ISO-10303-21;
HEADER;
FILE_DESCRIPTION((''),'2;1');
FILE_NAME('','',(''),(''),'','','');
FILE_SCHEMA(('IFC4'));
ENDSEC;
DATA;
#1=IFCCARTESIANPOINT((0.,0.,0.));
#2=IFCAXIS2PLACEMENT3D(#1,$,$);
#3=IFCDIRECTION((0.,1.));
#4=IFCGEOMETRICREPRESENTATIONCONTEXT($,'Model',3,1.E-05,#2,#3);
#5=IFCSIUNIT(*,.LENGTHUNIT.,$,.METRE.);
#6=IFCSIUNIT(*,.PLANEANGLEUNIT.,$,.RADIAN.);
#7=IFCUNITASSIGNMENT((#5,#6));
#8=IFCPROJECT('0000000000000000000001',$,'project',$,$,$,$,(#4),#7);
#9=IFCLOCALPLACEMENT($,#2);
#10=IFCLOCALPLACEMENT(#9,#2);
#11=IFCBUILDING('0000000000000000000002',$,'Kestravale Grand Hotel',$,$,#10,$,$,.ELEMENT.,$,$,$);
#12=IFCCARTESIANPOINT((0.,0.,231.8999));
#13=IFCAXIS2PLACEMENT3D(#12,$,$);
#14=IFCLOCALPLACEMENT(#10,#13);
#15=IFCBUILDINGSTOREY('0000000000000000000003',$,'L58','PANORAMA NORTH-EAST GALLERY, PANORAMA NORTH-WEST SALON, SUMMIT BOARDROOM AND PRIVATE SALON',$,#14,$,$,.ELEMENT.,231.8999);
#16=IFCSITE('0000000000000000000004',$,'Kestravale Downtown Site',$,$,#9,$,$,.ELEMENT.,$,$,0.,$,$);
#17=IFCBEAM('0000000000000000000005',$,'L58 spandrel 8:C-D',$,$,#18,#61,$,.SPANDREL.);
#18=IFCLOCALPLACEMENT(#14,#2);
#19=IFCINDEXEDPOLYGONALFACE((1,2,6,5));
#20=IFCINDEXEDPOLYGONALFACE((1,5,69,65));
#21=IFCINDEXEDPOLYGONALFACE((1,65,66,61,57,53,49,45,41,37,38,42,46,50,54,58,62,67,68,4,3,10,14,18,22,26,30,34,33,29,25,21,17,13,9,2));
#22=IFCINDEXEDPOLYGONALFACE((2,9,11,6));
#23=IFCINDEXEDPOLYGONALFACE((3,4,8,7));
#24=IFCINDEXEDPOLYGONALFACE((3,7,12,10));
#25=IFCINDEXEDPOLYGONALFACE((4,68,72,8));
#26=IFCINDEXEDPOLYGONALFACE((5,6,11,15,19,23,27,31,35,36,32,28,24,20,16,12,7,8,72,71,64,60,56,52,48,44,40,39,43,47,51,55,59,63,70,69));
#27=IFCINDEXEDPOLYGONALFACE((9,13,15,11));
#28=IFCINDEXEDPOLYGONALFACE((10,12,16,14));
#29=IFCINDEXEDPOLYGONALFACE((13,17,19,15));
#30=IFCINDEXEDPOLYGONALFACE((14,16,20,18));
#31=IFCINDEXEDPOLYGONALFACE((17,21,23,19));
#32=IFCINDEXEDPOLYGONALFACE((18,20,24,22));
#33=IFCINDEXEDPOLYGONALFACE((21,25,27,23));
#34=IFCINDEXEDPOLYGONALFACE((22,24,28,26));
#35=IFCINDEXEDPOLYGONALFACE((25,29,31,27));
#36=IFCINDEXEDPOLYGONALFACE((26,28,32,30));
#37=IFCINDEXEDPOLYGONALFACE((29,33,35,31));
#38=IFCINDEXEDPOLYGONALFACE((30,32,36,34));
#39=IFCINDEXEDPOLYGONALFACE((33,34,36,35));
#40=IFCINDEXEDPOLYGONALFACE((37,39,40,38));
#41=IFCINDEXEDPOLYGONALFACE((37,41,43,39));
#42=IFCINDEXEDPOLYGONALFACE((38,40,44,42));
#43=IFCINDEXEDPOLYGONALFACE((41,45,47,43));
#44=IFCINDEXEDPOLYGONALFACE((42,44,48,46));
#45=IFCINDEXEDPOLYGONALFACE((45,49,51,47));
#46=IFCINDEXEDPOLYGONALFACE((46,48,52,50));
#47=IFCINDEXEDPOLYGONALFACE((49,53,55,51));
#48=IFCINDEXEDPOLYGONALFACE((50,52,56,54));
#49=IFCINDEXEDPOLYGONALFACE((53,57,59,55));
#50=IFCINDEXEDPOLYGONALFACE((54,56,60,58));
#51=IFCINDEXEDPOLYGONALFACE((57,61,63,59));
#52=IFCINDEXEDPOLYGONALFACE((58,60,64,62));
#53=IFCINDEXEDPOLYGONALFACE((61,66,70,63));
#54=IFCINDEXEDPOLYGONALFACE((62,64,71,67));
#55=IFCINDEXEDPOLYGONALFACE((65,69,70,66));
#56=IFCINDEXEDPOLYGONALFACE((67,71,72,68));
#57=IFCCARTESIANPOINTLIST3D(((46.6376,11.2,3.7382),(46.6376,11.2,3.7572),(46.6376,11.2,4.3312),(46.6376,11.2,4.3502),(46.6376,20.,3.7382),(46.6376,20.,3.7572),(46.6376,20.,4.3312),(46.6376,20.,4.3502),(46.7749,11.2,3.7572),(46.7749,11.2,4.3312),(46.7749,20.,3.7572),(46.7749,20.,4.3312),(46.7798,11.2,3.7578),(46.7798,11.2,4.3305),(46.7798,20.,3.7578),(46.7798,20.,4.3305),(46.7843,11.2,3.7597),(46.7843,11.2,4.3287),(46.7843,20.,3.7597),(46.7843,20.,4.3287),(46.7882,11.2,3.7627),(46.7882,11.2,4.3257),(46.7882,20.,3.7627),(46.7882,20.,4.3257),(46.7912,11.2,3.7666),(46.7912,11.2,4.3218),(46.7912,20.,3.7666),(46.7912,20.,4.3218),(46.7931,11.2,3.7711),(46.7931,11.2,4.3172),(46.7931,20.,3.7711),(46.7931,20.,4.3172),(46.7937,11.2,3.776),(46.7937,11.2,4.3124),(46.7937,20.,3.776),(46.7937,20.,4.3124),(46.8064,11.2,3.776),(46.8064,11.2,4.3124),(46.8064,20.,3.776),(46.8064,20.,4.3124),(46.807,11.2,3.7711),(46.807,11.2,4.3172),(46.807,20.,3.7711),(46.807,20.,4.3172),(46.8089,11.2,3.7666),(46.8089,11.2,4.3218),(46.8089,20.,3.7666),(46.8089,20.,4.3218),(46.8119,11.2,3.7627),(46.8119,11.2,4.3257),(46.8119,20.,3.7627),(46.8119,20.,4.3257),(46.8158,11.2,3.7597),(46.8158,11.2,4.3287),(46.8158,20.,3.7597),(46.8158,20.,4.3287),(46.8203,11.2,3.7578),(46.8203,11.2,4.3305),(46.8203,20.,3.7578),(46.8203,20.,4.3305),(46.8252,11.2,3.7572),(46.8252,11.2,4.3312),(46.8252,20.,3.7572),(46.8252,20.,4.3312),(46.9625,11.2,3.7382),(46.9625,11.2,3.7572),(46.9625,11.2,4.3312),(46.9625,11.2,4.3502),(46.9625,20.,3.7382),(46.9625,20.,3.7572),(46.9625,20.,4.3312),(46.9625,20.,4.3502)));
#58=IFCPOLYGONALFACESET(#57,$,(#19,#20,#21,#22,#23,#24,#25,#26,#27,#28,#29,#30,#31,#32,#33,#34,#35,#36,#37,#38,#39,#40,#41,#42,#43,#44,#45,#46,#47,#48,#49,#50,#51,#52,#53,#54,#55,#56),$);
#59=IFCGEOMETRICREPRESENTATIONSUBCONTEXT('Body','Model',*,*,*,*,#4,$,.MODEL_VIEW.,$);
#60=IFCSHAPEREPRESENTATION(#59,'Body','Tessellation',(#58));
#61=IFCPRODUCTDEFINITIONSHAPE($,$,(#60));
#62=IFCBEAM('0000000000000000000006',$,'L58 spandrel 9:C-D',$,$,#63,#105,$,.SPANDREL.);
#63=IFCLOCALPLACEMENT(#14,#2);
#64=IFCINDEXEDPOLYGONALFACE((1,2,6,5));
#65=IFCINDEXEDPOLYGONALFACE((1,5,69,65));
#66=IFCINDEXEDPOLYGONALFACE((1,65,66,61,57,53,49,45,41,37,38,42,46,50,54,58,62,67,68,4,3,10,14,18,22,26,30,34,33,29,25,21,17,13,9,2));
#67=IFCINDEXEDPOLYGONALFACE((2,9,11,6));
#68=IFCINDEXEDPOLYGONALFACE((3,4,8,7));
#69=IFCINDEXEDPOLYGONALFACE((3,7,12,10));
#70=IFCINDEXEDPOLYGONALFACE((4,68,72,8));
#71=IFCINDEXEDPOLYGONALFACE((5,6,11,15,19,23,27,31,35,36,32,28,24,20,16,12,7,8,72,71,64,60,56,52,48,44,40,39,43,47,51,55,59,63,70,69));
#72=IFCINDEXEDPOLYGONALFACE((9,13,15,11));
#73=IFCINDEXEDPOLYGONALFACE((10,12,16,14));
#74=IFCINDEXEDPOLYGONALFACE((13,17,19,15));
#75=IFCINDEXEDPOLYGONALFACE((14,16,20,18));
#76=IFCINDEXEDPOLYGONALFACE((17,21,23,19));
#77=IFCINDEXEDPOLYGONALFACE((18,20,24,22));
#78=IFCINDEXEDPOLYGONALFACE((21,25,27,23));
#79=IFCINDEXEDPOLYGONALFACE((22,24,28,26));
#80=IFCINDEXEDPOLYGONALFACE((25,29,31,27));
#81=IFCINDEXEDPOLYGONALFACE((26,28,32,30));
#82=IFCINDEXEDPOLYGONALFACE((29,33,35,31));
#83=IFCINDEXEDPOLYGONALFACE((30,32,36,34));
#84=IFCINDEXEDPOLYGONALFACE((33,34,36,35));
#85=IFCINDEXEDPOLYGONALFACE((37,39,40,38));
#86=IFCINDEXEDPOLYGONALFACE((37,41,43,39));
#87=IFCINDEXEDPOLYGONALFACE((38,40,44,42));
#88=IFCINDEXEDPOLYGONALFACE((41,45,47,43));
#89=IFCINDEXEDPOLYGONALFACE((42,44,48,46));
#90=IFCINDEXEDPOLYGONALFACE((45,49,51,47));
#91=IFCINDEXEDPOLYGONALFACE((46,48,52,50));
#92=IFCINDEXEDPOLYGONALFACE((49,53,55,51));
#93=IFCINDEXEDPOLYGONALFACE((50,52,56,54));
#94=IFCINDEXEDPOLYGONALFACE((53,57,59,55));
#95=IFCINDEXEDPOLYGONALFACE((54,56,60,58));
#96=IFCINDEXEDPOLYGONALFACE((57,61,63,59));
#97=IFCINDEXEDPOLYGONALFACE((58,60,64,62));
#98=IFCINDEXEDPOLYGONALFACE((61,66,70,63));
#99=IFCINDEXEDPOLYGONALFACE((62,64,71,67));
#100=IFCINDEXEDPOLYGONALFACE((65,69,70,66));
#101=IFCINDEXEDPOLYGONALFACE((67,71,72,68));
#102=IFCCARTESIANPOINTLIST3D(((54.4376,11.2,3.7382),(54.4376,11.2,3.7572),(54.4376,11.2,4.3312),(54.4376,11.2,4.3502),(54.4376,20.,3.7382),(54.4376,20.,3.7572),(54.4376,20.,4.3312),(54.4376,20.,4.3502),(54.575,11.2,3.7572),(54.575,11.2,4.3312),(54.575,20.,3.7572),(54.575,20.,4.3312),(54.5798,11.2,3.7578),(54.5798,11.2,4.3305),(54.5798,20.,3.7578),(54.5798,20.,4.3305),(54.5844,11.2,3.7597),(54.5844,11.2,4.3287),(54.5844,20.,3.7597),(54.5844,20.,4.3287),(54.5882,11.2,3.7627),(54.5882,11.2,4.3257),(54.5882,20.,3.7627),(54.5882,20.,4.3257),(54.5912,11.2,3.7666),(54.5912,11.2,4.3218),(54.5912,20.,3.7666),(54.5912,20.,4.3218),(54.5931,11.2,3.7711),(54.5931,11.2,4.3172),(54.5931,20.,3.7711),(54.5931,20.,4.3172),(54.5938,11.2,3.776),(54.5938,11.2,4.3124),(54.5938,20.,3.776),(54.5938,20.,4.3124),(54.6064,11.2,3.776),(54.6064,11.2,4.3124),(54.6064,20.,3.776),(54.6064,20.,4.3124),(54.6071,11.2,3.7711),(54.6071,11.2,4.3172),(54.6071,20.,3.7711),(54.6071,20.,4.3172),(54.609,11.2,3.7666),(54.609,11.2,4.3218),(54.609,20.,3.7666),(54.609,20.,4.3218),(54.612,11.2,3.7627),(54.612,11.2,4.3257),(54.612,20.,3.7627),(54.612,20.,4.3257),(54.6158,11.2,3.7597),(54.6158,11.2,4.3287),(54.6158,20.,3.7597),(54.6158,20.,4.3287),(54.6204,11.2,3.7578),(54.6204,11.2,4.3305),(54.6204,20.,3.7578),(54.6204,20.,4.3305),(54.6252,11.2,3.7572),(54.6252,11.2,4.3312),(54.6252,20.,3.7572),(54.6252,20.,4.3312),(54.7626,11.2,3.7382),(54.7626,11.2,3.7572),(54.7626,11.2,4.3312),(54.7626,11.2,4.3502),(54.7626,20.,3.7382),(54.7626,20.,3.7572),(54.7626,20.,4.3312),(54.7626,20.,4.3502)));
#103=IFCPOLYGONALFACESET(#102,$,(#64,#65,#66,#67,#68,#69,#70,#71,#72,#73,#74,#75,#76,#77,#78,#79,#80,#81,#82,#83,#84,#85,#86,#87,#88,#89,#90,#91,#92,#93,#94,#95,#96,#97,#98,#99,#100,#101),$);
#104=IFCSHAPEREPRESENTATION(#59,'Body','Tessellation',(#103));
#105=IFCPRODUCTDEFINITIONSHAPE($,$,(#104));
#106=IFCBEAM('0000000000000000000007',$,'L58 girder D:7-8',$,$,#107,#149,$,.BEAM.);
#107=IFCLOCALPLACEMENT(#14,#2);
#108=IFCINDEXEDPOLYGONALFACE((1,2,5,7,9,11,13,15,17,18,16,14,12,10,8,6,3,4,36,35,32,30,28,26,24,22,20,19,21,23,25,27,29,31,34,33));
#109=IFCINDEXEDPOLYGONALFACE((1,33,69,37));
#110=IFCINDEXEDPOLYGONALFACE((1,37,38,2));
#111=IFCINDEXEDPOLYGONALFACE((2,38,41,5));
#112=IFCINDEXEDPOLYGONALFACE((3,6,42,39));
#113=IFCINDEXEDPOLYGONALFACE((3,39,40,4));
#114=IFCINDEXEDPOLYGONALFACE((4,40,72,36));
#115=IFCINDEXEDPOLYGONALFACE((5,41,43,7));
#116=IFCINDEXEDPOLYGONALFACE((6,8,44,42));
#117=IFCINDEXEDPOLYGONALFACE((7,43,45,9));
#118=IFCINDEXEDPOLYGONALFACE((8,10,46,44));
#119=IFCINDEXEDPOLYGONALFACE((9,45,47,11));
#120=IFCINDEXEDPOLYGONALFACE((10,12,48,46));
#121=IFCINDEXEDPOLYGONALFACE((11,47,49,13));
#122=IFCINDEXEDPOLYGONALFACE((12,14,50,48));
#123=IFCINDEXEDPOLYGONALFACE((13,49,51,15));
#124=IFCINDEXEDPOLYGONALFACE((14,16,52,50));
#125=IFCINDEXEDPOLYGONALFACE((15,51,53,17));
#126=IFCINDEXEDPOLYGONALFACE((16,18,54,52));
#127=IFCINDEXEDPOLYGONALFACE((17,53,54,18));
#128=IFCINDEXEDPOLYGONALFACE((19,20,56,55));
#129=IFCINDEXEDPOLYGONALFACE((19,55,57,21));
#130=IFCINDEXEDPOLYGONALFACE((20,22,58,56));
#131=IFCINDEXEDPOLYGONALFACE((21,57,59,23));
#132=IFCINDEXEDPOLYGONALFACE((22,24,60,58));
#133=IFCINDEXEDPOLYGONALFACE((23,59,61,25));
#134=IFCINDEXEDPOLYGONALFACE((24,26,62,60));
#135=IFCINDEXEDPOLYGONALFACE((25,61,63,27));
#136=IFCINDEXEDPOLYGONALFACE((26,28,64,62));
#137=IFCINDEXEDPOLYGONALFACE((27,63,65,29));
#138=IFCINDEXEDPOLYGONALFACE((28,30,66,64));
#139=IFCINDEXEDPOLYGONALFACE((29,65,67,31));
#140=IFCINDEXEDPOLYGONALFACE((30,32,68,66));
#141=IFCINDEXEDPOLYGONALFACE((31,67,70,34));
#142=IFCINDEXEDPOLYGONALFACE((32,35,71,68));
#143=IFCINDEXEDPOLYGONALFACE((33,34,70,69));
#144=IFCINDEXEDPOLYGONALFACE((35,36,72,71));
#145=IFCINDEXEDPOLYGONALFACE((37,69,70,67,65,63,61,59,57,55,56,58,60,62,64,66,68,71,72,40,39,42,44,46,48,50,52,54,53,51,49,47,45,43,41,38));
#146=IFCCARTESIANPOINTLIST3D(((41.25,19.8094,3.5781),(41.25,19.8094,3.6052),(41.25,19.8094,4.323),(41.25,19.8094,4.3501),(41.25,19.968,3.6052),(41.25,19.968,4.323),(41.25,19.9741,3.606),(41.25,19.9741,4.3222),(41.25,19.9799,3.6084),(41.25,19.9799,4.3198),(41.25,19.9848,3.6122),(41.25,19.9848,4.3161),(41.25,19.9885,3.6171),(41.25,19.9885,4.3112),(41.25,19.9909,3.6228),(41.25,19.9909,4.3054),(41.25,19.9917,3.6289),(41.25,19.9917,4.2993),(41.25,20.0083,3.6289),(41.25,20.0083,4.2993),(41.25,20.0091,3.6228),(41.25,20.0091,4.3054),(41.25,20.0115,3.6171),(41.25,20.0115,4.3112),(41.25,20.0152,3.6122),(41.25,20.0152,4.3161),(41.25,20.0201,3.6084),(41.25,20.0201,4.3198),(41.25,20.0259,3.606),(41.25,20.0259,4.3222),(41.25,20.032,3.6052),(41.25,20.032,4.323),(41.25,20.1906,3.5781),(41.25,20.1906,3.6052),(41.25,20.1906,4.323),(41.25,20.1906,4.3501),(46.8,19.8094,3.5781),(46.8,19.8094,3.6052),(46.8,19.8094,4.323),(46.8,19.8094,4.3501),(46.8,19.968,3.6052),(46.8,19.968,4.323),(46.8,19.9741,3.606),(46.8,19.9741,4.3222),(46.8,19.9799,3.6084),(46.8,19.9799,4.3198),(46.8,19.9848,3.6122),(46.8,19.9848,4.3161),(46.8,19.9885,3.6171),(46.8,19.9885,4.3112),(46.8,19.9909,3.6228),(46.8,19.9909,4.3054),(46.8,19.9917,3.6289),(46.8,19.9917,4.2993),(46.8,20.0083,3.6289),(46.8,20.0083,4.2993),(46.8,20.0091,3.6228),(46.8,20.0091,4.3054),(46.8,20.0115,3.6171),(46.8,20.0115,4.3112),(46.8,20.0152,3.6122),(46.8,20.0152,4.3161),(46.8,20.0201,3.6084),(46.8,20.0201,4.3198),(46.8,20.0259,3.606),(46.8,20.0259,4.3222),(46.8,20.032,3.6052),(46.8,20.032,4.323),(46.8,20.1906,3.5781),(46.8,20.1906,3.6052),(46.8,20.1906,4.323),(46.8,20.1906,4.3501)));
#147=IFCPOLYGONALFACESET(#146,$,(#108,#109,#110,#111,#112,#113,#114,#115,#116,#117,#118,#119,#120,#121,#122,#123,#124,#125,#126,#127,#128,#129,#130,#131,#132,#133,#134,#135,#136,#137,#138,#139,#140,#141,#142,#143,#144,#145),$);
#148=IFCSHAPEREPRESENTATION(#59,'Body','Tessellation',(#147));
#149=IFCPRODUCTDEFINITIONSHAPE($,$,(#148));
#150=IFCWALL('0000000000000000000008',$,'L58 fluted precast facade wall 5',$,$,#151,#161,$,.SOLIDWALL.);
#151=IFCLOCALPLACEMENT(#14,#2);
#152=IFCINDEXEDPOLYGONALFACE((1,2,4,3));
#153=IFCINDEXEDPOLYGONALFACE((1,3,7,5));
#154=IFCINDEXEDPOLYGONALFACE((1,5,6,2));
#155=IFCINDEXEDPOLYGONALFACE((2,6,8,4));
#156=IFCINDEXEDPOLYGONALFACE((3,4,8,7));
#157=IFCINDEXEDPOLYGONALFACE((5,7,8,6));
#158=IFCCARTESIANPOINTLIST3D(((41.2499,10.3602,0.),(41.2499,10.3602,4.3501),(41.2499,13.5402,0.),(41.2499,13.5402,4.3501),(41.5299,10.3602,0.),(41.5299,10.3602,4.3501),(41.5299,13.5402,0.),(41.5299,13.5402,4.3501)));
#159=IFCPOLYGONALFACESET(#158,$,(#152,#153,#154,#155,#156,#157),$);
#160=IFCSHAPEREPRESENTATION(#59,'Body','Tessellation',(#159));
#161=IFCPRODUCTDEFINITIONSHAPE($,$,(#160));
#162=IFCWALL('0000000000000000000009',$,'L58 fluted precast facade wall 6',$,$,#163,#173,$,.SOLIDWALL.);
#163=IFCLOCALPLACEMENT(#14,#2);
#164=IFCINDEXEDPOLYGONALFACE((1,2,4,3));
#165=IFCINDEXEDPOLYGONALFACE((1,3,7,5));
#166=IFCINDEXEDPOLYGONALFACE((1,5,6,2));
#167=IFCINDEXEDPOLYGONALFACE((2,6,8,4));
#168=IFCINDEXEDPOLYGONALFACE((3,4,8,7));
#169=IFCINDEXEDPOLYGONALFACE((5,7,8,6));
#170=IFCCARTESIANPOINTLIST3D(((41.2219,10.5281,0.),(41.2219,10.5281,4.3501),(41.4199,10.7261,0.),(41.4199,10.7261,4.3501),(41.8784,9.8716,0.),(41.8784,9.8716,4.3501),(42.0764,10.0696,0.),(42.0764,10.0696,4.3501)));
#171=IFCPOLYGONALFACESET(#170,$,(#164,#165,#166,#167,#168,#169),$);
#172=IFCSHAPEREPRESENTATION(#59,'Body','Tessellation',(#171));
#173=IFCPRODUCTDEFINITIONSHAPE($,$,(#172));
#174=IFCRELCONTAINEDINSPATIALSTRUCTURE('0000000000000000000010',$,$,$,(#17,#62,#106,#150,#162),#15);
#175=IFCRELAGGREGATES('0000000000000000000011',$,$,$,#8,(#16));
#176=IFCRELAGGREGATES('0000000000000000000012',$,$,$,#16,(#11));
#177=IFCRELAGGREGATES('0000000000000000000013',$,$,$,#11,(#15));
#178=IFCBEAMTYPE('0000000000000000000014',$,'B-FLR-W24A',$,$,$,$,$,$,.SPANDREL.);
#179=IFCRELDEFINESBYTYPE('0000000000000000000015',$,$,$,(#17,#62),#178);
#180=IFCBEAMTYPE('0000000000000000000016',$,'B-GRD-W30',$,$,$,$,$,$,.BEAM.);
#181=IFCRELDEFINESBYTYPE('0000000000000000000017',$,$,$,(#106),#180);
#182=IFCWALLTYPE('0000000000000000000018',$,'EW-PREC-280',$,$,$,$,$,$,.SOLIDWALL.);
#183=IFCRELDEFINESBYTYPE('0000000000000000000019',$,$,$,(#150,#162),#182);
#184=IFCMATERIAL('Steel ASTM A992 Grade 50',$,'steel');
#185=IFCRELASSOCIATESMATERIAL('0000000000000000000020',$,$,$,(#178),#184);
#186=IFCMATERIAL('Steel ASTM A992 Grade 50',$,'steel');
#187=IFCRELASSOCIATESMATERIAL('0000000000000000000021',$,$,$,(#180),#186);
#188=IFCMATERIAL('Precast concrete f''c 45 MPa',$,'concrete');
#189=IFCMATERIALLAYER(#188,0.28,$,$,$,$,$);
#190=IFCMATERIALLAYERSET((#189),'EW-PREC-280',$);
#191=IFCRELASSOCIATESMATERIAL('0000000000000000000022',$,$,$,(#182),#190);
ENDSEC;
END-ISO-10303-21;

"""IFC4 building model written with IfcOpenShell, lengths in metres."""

from ifc_helpers import new_model, si_unit, direction, frame, frame_2d, origin, origin_2d, place, context, subcontext, project, spatial, rectangle, i_section, extrude, material, layer, layer_set, material_profile, profile_set, type_object, element, save


model = new_model("IFC4")

# Units and contexts
model_context = context("Model", 3, precision=1e-05, world=origin(), true_north=direction((0.0, 1.0)))
body_context = subcontext(model_context, "Body", "Model", "MODEL_VIEW")
ifc_project = project(units=[si_unit("LENGTHUNIT", "METRE"), si_unit("PLANEANGLEUNIT", "RADIAN")], contexts=[model_context])

# Site, building, storey
site_placement = place(None, origin())
site = spatial("IfcSite", under=ifc_project, at=site_placement, Name="Kestravale Downtown Site", CompositionType="ELEMENT", RefElevation=0.0)
building_placement = place(site_placement, origin())
building = spatial("IfcBuilding", under=site, at=building_placement, Name="Kestravale Grand Hotel", CompositionType="ELEMENT")
storey_placement = place(building_placement, frame((0.0, 0.0, 231.8999)))
storey = spatial("IfcBuildingStorey", under=building, at=storey_placement, Name="L58", Description="PANORAMA NORTH-EAST GALLERY, PANORAMA NORTH-WEST SALON, SUMMIT BOARDROOM AND PRIVATE SALON", CompositionType="ELEMENT", Elevation=231.8999)

# Beams
ifc_material_1 = material(Name="Steel ASTM A992 Grade 50", Category="steel")
ifc_material_profile_1 = material_profile(ifc_material_1, i_section(OverallWidth=0.325, OverallDepth=0.6121, WebThickness=0.0127, FlangeThickness=0.019, FilletRadius=0.0188, at=origin_2d()))
ifc_profile_set_1 = profile_set([ifc_material_profile_1], Name="Steel ASTM A992 Grade 50")
beam_type_1 = type_object("IfcBeamType", Name="B-FLR-W24A", PredefinedType="SPANDREL", material=ifc_profile_set_1)
for number, where, z_axis, x_axis, name in (
    (1, (46.8, 11.2, 4.0442), (0.0, 1.0, 0.0), (-1.0, 0.0, 0.0), "L58 spandrel 8:C-D"),
    (2, (54.6001, 11.2, 4.0442), (0.0, 1.0, 0.0), (-1.0, 0.0, 0.0), "L58 spandrel 9:C-D"),
):
    element("IfcBeam", number, at=place(storey_placement, frame(where, z_axis=z_axis, x_axis=x_axis)), inside=storey, type_object=beam_type_1, Name=name, PredefinedType="SPANDREL", context=body_context, shape_type="SweptSolid", body=[
        extrude(i_section(OverallWidth=0.325, OverallDepth=0.6121, WebThickness=0.0127, FlangeThickness=0.019, FilletRadius=0.0188, at=origin_2d()), origin(), (0.0, 0.0, 1.0), 8.8),
    ])
ifc_material_2 = material(Name="Steel ASTM A992 Grade 50", Category="steel")
ifc_material_profile_2 = material_profile(ifc_material_2, i_section(OverallWidth=0.3811, OverallDepth=0.772, WebThickness=0.0166, FlangeThickness=0.0271, FilletRadius=0.0237, at=origin_2d()))
ifc_profile_set_2 = profile_set([ifc_material_profile_2], Name="Steel ASTM A992 Grade 50")
beam_type_2 = type_object("IfcBeamType", Name="B-GRD-W30", PredefinedType="BEAM", material=ifc_profile_set_2)
beam_1_placement = place(storey_placement, frame((41.25, 20.0, 3.9641), z_axis=(1.0, 0.0, 0.0), x_axis=(0.0, 1.0, 0.0)))
element("IfcBeam", 3, at=beam_1_placement, inside=storey, type_object=beam_type_2, Name="L58 girder D:7-8", PredefinedType="BEAM", context=body_context, shape_type="SweptSolid", body=[
    extrude(i_section(OverallWidth=0.3811, OverallDepth=0.772, WebThickness=0.0166, FlangeThickness=0.0271, FilletRadius=0.0237, at=origin_2d()), origin(), (0.0, 0.0, 1.0), 5.55),
])

# Walls
ifc_material_3 = material(Name="Precast concrete f'c 45 MPa", Category="concrete")
ifc_layer_1 = layer(ifc_material_3, 0.28)
ifc_layer_set_1 = layer_set([ifc_layer_1], Name="EW-PREC-280")
wall_type_1 = type_object("IfcWallType", Name="EW-PREC-280", PredefinedType="SOLIDWALL", material=ifc_layer_set_1)
wall_1_placement = place(storey_placement, frame((41.3899, 13.54, 0.0), z_axis=(0.0, 0.0, 1.0), x_axis=(0.0, -1.0, 0.0)))
element("IfcWall", 4, at=wall_1_placement, inside=storey, type_object=wall_type_1, Name="L58 fluted precast facade wall 5", PredefinedType="SOLIDWALL", context=body_context, shape_type="SweptSolid", body=[
    extrude(rectangle(XDim=3.1799, YDim=0.28, at=frame_2d((1.5898, 0.0))), origin(), (0.0, 0.0, 1.0), 4.3501),
])
wall_2_placement = place(storey_placement, frame((41.3208, 10.6272, 0.0), z_axis=(0.0, 0.0, 1.0), x_axis=(0.707107, -0.707107, 0.0)))
element("IfcWall", 5, at=wall_2_placement, inside=storey, type_object=wall_type_1, Name="L58 fluted precast facade wall 6", PredefinedType="SOLIDWALL", context=body_context, shape_type="SweptSolid", body=[
    extrude(rectangle(XDim=0.9285, YDim=0.28, at=frame_2d((0.4644, 0.0))), origin(), (0.0, 0.0, 1.0), 4.3501),
])

save(model, "model.ifc")
